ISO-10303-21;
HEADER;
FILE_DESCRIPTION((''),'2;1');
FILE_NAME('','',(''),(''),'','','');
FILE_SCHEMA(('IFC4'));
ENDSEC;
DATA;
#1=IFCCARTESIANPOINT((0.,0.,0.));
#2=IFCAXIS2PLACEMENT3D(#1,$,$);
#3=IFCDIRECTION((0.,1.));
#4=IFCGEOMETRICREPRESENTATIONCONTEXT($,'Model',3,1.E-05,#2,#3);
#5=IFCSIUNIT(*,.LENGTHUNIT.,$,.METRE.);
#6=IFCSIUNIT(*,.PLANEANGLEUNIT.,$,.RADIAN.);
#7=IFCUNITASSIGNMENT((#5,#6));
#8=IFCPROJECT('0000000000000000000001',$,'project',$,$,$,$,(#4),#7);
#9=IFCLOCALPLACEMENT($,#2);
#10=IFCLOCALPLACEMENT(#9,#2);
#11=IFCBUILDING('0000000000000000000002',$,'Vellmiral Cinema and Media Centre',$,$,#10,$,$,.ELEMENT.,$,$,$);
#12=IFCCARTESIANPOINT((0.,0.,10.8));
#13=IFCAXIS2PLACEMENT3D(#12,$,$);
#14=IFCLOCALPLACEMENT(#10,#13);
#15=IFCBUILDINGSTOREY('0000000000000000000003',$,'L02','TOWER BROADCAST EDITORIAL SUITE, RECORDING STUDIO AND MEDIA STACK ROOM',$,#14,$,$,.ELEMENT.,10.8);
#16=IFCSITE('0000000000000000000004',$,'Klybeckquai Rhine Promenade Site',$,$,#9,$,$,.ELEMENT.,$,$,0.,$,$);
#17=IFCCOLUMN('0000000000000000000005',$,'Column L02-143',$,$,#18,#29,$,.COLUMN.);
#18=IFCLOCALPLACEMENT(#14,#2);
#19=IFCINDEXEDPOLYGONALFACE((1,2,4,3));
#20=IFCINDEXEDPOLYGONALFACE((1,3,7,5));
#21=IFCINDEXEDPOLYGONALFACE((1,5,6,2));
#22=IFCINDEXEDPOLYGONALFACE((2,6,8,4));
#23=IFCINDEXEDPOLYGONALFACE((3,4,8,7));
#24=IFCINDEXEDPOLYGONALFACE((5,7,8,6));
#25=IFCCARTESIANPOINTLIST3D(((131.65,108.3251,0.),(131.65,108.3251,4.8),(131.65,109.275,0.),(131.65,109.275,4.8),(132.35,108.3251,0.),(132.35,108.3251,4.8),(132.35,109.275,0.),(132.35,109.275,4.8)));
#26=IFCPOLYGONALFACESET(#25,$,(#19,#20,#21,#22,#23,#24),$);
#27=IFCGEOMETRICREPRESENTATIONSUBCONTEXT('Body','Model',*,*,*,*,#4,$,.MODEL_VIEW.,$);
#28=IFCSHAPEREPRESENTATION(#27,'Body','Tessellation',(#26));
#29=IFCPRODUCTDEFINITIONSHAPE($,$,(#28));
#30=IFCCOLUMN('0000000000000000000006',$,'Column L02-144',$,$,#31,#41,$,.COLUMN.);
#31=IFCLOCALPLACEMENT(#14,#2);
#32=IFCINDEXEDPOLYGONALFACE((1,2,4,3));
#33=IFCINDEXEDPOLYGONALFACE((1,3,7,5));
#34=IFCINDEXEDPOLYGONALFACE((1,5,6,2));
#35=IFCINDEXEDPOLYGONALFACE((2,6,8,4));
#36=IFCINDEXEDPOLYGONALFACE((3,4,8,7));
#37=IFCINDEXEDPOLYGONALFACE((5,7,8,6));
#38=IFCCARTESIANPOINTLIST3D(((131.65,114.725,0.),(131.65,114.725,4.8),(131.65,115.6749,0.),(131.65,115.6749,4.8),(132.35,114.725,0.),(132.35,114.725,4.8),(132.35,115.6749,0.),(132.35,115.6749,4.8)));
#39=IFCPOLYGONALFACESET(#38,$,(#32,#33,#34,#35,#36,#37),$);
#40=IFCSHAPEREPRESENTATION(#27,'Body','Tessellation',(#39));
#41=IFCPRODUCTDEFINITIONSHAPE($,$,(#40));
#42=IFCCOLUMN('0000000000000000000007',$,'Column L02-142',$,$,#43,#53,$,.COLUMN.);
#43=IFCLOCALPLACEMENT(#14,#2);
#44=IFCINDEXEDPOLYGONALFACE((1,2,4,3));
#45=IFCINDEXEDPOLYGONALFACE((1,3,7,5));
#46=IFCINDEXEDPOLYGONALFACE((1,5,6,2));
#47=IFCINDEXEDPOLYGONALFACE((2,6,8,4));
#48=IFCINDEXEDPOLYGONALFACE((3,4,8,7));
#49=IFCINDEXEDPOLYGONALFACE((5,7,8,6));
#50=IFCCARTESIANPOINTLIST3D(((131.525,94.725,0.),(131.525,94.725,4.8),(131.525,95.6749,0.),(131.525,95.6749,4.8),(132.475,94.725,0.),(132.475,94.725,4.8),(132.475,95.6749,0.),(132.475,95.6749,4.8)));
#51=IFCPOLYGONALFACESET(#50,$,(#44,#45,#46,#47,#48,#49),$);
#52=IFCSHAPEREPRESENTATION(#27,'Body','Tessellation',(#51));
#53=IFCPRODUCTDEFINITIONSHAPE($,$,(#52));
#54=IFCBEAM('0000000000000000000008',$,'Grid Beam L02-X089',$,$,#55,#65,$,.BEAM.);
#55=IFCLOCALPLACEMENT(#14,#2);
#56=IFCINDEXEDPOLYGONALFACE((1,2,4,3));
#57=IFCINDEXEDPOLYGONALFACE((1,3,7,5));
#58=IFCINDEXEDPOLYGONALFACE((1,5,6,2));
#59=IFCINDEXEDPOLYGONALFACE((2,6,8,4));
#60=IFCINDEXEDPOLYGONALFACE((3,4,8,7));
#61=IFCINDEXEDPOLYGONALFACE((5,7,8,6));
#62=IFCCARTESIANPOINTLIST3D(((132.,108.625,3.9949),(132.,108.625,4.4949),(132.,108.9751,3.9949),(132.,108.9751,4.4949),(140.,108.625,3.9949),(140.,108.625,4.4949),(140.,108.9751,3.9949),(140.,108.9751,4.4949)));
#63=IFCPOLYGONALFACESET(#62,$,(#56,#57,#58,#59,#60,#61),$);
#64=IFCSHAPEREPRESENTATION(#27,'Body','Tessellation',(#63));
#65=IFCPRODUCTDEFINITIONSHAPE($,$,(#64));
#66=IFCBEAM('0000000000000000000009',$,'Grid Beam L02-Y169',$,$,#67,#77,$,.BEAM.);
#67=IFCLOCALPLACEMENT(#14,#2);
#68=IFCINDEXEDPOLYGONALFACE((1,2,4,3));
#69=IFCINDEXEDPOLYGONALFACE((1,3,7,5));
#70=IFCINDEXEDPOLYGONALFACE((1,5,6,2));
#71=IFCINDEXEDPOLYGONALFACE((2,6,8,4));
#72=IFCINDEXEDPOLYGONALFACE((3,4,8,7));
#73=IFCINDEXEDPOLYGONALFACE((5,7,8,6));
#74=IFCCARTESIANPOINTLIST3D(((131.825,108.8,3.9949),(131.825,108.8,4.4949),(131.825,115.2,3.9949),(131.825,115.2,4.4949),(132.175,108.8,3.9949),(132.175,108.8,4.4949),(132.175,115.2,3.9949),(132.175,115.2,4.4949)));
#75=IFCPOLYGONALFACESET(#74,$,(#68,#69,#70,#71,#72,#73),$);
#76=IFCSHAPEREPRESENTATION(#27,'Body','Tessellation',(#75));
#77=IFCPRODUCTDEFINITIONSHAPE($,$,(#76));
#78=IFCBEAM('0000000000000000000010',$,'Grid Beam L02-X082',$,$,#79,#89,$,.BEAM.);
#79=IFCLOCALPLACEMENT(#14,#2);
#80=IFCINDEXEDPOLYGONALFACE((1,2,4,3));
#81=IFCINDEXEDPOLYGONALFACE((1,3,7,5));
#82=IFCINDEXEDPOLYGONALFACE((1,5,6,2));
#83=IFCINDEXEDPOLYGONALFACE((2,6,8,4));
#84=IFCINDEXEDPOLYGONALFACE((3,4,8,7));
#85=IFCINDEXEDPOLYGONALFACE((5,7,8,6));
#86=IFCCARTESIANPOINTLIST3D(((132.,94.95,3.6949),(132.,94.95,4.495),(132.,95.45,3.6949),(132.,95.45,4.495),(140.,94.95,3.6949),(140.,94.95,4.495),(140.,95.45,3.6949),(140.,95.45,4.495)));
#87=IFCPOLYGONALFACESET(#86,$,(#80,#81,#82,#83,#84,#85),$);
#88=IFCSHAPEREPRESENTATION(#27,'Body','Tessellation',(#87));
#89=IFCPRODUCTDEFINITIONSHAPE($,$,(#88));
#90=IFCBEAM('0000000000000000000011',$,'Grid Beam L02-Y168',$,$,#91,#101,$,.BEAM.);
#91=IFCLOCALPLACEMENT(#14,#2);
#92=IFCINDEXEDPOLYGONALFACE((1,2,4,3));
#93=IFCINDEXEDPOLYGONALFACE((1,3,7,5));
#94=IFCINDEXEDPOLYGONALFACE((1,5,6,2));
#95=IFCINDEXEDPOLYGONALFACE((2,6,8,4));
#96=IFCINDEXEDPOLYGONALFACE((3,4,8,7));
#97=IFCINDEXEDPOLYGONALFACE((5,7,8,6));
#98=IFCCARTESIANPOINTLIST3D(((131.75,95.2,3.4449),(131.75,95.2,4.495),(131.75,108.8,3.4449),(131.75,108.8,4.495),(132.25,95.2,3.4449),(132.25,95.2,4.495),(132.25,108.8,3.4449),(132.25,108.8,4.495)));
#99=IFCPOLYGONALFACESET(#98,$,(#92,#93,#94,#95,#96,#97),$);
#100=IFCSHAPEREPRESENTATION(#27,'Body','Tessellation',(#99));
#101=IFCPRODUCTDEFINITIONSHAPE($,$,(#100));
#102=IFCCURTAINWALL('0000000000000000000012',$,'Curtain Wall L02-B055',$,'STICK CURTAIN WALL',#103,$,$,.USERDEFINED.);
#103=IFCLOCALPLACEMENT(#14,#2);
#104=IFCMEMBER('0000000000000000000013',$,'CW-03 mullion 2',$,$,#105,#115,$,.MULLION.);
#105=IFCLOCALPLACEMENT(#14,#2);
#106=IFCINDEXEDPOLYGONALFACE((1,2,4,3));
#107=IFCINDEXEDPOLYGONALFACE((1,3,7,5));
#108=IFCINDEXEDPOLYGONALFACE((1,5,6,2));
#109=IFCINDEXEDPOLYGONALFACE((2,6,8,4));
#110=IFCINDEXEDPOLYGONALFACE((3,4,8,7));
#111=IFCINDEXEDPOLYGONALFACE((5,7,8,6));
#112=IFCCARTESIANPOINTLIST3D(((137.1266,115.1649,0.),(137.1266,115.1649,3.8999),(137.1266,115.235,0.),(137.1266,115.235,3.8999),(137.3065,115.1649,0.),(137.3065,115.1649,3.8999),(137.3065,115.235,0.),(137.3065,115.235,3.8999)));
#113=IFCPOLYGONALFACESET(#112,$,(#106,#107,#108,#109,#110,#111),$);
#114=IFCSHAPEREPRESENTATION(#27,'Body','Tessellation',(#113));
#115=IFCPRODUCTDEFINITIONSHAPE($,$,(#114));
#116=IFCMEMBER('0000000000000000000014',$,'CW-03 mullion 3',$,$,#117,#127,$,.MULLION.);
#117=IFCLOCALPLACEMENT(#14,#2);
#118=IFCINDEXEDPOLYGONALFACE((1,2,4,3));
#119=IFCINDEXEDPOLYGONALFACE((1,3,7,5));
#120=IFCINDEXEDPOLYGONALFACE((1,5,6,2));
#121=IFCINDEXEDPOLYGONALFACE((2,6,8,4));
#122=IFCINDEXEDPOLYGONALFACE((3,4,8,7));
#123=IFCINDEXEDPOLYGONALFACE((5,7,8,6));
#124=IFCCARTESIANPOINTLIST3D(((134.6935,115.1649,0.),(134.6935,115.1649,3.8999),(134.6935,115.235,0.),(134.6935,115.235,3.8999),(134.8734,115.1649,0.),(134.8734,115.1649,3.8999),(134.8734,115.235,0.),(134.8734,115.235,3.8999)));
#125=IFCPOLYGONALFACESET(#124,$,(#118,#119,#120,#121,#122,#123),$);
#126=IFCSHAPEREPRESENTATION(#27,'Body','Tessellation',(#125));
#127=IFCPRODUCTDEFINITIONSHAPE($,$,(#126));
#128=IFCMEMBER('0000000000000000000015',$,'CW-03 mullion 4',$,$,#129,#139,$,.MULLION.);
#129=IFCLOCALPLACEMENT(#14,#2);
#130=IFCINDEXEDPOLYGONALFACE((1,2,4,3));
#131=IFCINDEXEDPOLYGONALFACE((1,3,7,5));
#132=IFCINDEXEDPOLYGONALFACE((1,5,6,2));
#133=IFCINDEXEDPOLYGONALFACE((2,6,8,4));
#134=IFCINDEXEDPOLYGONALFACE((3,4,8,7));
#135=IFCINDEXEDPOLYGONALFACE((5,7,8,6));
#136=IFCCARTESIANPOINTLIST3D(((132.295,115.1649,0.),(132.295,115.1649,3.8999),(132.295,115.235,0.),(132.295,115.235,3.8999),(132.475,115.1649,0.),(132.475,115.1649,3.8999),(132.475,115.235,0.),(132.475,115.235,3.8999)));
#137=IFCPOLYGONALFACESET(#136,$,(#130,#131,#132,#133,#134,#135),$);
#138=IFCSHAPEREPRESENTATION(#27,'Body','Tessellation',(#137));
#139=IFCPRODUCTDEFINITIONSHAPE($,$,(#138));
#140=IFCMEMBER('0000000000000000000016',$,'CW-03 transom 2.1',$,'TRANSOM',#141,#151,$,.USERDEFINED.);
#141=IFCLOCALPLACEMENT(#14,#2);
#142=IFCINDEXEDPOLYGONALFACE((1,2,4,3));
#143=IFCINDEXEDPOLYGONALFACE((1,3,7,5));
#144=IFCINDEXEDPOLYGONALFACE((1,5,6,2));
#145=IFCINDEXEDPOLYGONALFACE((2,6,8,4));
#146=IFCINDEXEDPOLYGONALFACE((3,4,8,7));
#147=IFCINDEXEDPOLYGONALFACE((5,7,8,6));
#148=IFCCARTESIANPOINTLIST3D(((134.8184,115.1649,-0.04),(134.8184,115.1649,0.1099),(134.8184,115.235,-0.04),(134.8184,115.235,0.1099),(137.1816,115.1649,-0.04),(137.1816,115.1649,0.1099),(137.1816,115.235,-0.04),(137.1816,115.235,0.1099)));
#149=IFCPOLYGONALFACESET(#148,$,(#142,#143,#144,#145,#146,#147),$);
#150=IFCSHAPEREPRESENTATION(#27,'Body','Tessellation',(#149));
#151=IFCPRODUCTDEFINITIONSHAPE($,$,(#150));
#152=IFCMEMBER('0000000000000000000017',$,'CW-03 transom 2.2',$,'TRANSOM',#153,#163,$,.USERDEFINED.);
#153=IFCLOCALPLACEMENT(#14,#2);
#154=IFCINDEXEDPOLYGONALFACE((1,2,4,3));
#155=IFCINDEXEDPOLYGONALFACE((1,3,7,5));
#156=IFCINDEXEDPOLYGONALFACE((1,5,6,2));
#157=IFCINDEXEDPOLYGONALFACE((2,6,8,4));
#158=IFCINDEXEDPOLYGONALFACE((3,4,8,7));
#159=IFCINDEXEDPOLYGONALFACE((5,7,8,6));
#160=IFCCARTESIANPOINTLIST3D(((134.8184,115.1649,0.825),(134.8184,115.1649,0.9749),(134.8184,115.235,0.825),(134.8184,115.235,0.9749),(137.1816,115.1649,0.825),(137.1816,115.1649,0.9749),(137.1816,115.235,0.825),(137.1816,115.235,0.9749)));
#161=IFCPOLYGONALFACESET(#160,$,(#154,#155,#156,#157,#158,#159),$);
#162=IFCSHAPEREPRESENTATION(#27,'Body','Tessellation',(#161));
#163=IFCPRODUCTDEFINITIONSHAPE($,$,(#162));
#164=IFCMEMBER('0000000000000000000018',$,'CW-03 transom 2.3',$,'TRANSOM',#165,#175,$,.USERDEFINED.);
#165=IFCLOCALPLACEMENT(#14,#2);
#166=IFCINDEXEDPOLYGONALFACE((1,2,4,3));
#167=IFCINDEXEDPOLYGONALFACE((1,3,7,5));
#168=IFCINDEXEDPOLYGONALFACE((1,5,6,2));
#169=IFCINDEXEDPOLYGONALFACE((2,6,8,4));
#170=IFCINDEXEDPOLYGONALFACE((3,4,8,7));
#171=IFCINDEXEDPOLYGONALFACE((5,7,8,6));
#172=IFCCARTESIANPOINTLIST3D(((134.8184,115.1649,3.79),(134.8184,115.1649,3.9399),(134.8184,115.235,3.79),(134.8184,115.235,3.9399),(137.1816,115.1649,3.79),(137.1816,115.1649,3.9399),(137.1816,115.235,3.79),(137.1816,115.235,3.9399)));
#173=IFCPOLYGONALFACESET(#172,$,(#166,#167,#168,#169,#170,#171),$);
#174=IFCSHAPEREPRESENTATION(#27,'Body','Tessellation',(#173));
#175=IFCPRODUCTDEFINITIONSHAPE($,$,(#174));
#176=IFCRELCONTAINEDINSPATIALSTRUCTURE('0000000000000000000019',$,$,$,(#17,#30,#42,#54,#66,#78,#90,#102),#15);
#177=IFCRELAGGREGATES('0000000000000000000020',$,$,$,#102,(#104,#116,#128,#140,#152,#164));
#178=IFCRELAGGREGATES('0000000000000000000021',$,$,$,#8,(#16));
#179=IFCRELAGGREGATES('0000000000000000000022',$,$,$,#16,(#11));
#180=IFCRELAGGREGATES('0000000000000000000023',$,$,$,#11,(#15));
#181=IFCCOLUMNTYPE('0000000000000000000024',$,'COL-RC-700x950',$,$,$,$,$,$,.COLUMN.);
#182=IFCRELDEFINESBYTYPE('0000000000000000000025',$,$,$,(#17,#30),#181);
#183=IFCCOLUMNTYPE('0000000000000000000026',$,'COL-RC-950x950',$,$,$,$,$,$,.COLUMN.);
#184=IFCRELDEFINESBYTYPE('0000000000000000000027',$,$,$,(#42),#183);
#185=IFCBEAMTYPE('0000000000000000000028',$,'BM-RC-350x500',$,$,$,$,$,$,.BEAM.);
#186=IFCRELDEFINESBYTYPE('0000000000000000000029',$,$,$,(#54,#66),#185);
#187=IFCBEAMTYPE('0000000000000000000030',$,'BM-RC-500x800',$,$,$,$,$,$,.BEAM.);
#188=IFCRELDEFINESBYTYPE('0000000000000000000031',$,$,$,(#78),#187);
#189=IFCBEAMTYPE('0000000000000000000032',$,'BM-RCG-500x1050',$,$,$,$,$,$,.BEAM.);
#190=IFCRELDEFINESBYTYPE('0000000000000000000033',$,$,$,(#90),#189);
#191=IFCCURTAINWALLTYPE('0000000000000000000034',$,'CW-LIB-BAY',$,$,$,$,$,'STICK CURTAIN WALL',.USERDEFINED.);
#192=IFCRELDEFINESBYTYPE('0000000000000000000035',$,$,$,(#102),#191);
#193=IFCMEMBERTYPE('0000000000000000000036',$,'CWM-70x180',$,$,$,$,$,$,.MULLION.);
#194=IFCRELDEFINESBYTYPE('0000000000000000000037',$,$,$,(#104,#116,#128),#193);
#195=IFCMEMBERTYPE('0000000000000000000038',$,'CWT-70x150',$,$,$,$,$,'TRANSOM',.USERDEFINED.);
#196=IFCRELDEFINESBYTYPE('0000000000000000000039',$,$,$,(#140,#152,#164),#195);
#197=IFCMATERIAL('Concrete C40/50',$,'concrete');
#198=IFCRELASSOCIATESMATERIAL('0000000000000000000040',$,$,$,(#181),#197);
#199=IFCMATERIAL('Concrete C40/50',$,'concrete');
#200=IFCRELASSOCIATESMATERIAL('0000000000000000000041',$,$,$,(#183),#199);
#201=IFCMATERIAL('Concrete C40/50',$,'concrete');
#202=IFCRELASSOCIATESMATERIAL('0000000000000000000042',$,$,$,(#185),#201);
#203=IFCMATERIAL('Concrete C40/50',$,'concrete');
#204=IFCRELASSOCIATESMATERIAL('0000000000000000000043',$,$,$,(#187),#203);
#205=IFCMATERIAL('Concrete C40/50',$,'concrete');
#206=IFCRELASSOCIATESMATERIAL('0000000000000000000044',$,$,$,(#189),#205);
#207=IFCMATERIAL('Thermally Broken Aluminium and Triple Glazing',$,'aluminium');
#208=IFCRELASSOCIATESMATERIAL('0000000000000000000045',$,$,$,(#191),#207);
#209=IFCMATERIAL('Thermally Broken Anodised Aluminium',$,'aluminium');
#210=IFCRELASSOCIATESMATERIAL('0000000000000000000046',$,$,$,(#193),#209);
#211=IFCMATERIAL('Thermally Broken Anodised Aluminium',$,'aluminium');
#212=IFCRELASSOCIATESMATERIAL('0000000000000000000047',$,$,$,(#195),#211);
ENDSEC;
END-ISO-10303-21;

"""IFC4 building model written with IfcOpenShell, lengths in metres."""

from ifc_helpers import new_model, si_unit, direction, frame, origin, origin_2d, place, context, subcontext, project, spatial, rectangle, extrude, material, material_profile, profile_set, type_object, element, aggregate, save


model = new_model("IFC4")

# Units and contexts
model_context = context("Model", 3, precision=1e-05, world=origin(), true_north=direction((0.0, 1.0)))
body_context = subcontext(model_context, "Body", "Model", "MODEL_VIEW")
ifc_project = project(units=[si_unit("LENGTHUNIT", "METRE"), si_unit("PLANEANGLEUNIT", "RADIAN")], contexts=[model_context])

# Site, building, storey
site_placement = place(None, origin())
site = spatial("IfcSite", under=ifc_project, at=site_placement, Name="Klybeckquai Rhine Promenade Site", CompositionType="ELEMENT", RefElevation=0.0)
building_placement = place(site_placement, origin())
building = spatial("IfcBuilding", under=site, at=building_placement, Name="Vellmiral Cinema and Media Centre", CompositionType="ELEMENT")
storey_placement = place(building_placement, frame((0.0, 0.0, 10.8)))
storey = spatial("IfcBuildingStorey", under=building, at=storey_placement, Name="L02", Description="TOWER BROADCAST EDITORIAL SUITE, RECORDING STUDIO AND MEDIA STACK ROOM", CompositionType="ELEMENT", Elevation=10.8)

# Columns
ifc_material_1 = material(Name="Concrete C40/50", Category="concrete")
ifc_material_profile_1 = material_profile(ifc_material_1, rectangle(XDim=0.7, YDim=0.95, at=origin_2d()), Name="RC 700x950")
ifc_profile_set_1 = profile_set([ifc_material_profile_1], Name="Concrete C40/50")
column_type_1 = type_object("IfcColumnType", Name="COL-RC-700x950", PredefinedType="COLUMN", material=ifc_profile_set_1)
for number, where, z_axis, x_axis, name in (
    (1, (132.0, 108.8, 0.0), (0.0, 0.0, 1.0), (1.0, 0.0, 0.0), "Column L02-143"),
    (2, (132.0, 115.2, 0.0), (0.0, 0.0, 1.0), (1.0, 0.0, 0.0), "Column L02-144"),
):
    element("IfcColumn", number, at=place(storey_placement, frame(where, z_axis=z_axis, x_axis=x_axis)), inside=storey, type_object=column_type_1, Name=name, PredefinedType="COLUMN", context=body_context, shape_type="SweptSolid", body=[
        extrude(rectangle(XDim=0.7, YDim=0.95, at=origin_2d()), origin(), (0.0, 0.0, 1.0), 4.8),
    ])
ifc_material_2 = material(Name="Concrete C40/50", Category="concrete")
ifc_material_profile_2 = material_profile(ifc_material_2, rectangle(XDim=0.95, YDim=0.95, at=origin_2d()), Name="RC 950x950")
ifc_profile_set_2 = profile_set([ifc_material_profile_2], Name="Concrete C40/50")
column_type_2 = type_object("IfcColumnType", Name="COL-RC-950x950", PredefinedType="COLUMN", material=ifc_profile_set_2)
column_placement = place(storey_placement, frame((132.0, 95.2, 0.0), z_axis=(0.0, 0.0, 1.0), x_axis=(1.0, 0.0, 0.0)))
element("IfcColumn", 3, at=column_placement, inside=storey, type_object=column_type_2, Name="Column L02-142", PredefinedType="COLUMN", context=body_context, shape_type="SweptSolid", body=[
    extrude(rectangle(XDim=0.95, YDim=0.95, at=origin_2d()), origin(), (0.0, 0.0, 1.0), 4.8),
])

# Beams
ifc_material_3 = material(Name="Concrete C40/50", Category="concrete")
ifc_material_profile_3 = material_profile(ifc_material_3, rectangle(XDim=0.3501, YDim=0.5, at=origin_2d()), Name="RC 350x500")
ifc_profile_set_3 = profile_set([ifc_material_profile_3], Name="Concrete C40/50")
beam_type_1 = type_object("IfcBeamType", Name="BM-RC-350x500", PredefinedType="BEAM", material=ifc_profile_set_3)
beam_1_placement = place(storey_placement, frame((132.0, 108.8, 4.2449), z_axis=(1.0, 0.0, 0.0), x_axis=(0.0, 1.0, 0.0)))
element("IfcBeam", 4, at=beam_1_placement, inside=storey, type_object=beam_type_1, Name="Grid Beam L02-X089", PredefinedType="BEAM", context=body_context, shape_type="SweptSolid", body=[
    extrude(rectangle(XDim=0.3501, YDim=0.5, at=origin_2d()), origin(), (0.0, 0.0, 1.0), 8.0),
])
beam_2_placement = place(storey_placement, frame((132.0, 108.8, 4.2449), z_axis=(0.0, 1.0, 0.0), x_axis=(-1.0, 0.0, 0.0)))
element("IfcBeam", 5, at=beam_2_placement, inside=storey, type_object=beam_type_1, Name="Grid Beam L02-Y169", PredefinedType="BEAM", context=body_context, shape_type="SweptSolid", body=[
    extrude(rectangle(XDim=0.3501, YDim=0.5, at=origin_2d()), origin(), (0.0, 0.0, 1.0), 6.3999),
])
ifc_material_4 = material(Name="Concrete C40/50", Category="concrete")
ifc_material_profile_4 = material_profile(ifc_material_4, rectangle(XDim=0.5, YDim=0.8, at=origin_2d()), Name="RC 500x800")
ifc_profile_set_4 = profile_set([ifc_material_profile_4], Name="Concrete C40/50")
beam_type_2 = type_object("IfcBeamType", Name="BM-RC-500x800", PredefinedType="BEAM", material=ifc_profile_set_4)
beam_3_placement = place(storey_placement, frame((132.0, 95.2, 4.095), z_axis=(1.0, 0.0, 0.0), x_axis=(0.0, 1.0, 0.0)))
element("IfcBeam", 6, at=beam_3_placement, inside=storey, type_object=beam_type_2, Name="Grid Beam L02-X082", PredefinedType="BEAM", context=body_context, shape_type="SweptSolid", body=[
    extrude(rectangle(XDim=0.5, YDim=0.8, at=origin_2d()), origin(), (0.0, 0.0, 1.0), 8.0),
])
ifc_material_5 = material(Name="Concrete C40/50", Category="concrete")
ifc_material_profile_5 = material_profile(ifc_material_5, rectangle(XDim=0.5, YDim=1.05, at=origin_2d()), Name="RC 500x1050")
ifc_profile_set_5 = profile_set([ifc_material_profile_5], Name="Concrete C40/50")
beam_type_3 = type_object("IfcBeamType", Name="BM-RCG-500x1050", PredefinedType="BEAM", material=ifc_profile_set_5)
beam_4_placement = place(storey_placement, frame((132.0, 95.2, 3.97), z_axis=(0.0, 1.0, 0.0), x_axis=(-1.0, 0.0, 0.0)))
element("IfcBeam", 7, at=beam_4_placement, inside=storey, type_object=beam_type_3, Name="Grid Beam L02-Y168", PredefinedType="BEAM", context=body_context, shape_type="SweptSolid", body=[
    extrude(rectangle(XDim=0.5, YDim=1.05, at=origin_2d()), origin(), (0.0, 0.0, 1.0), 13.6001),
])

# Curtain wall, members
ifc_material_6 = material(Name="Thermally Broken Aluminium and Triple Glazing", Category="aluminium")
curtain_wall_type = type_object("IfcCurtainWallType", Name="CW-LIB-BAY", ElementType="STICK CURTAIN WALL", PredefinedType="USERDEFINED", material=ifc_material_6)
curtain_wall_placement = place(storey_placement, origin())
curtain_wall = element("IfcCurtainWall", 8, at=curtain_wall_placement, inside=storey, type_object=curtain_wall_type, Name="Curtain Wall L02-B055", ObjectType="STICK CURTAIN WALL", PredefinedType="USERDEFINED")
ifc_material_7 = material(Name="Thermally Broken Anodised Aluminium", Category="aluminium")
ifc_material_profile_6 = material_profile(ifc_material_7, rectangle(XDim=0.0701, YDim=0.1799, at=origin_2d()), Name="MULL 70x180")
ifc_profile_set_6 = profile_set([ifc_material_profile_6], Name="Thermally Broken Anodised Aluminium")
member_type_1 = type_object("IfcMemberType", Name="CWM-70x180", PredefinedType="MULLION", material=ifc_profile_set_6)
member_1_placement = place(storey_placement, frame((137.2166, 115.2, 0.0), z_axis=(0.0, 0.0, 1.0), x_axis=(0.0, -1.0, 0.0)))
member_1 = element("IfcMember", 9, at=member_1_placement, type_object=member_type_1, Name="CW-03 mullion 2", PredefinedType="MULLION", context=body_context, shape_type="SweptSolid", body=[
    extrude(rectangle(XDim=0.0701, YDim=0.1799, at=origin_2d()), origin(), (0.0, 0.0, 1.0), 3.8999),
])
member_2_placement = place(storey_placement, frame((134.7834, 115.2, 0.0), z_axis=(0.0, 0.0, 1.0), x_axis=(0.0, -1.0, 0.0)))
member_2 = element("IfcMember", 10, at=member_2_placement, type_object=member_type_1, Name="CW-03 mullion 3", PredefinedType="MULLION", context=body_context, shape_type="SweptSolid", body=[
    extrude(rectangle(XDim=0.0701, YDim=0.1799, at=origin_2d()), origin(), (0.0, 0.0, 1.0), 3.8999),
])
member_3_placement = place(storey_placement, frame((132.385, 115.2, 0.0), z_axis=(0.0, 0.0, 1.0), x_axis=(0.0, -1.0, 0.0)))
member_3 = element("IfcMember", 11, at=member_3_placement, type_object=member_type_1, Name="CW-03 mullion 4", PredefinedType="MULLION", context=body_context, shape_type="SweptSolid", body=[
    extrude(rectangle(XDim=0.0701, YDim=0.1799, at=origin_2d()), origin(), (0.0, 0.0, 1.0), 3.8999),
])
ifc_material_8 = material(Name="Thermally Broken Anodised Aluminium", Category="aluminium")
ifc_material_profile_7 = material_profile(ifc_material_8, rectangle(XDim=0.0701, YDim=0.1499, at=origin_2d()), Name="MULL 70x150")
ifc_profile_set_7 = profile_set([ifc_material_profile_7], Name="Thermally Broken Anodised Aluminium")
member_type_2 = type_object("IfcMemberType", Name="CWT-70x150", ElementType="TRANSOM", PredefinedType="USERDEFINED", material=ifc_profile_set_7)
member_4_placement = place(storey_placement, frame((137.1816, 115.2, 0.0349), z_axis=(-1.0, 0.0, 0.0), x_axis=(0.0, -1.0, 0.0)))
member_4 = element("IfcMember", 12, at=member_4_placement, type_object=member_type_2, Name="CW-03 transom 2.1", ObjectType="TRANSOM", PredefinedType="USERDEFINED", context=body_context, shape_type="SweptSolid", body=[
    extrude(rectangle(XDim=0.0701, YDim=0.1499, at=origin_2d()), origin(), (0.0, 0.0, 1.0), 2.3633),
])
member_5_placement = place(storey_placement, frame((137.1816, 115.2, 0.8999), z_axis=(-1.0, 0.0, 0.0), x_axis=(0.0, -1.0, 0.0)))
member_5 = element("IfcMember", 13, at=member_5_placement, type_object=member_type_2, Name="CW-03 transom 2.2", ObjectType="TRANSOM", PredefinedType="USERDEFINED", context=body_context, shape_type="SweptSolid", body=[
    extrude(rectangle(XDim=0.0701, YDim=0.1499, at=origin_2d()), origin(), (0.0, 0.0, 1.0), 2.3633),
])
member_6_placement = place(storey_placement, frame((137.1816, 115.2, 3.865), z_axis=(-1.0, 0.0, 0.0), x_axis=(0.0, -1.0, 0.0)))
member_6 = element("IfcMember", 14, at=member_6_placement, type_object=member_type_2, Name="CW-03 transom 2.3", ObjectType="TRANSOM", PredefinedType="USERDEFINED", context=body_context, shape_type="SweptSolid", body=[
    extrude(rectangle(XDim=0.0701, YDim=0.1499, at=origin_2d()), origin(), (0.0, 0.0, 1.0), 2.3633),
])

aggregate(curtain_wall, [member_1, member_2, member_3, member_4, member_5, member_6])

save(model, "model.ifc")
